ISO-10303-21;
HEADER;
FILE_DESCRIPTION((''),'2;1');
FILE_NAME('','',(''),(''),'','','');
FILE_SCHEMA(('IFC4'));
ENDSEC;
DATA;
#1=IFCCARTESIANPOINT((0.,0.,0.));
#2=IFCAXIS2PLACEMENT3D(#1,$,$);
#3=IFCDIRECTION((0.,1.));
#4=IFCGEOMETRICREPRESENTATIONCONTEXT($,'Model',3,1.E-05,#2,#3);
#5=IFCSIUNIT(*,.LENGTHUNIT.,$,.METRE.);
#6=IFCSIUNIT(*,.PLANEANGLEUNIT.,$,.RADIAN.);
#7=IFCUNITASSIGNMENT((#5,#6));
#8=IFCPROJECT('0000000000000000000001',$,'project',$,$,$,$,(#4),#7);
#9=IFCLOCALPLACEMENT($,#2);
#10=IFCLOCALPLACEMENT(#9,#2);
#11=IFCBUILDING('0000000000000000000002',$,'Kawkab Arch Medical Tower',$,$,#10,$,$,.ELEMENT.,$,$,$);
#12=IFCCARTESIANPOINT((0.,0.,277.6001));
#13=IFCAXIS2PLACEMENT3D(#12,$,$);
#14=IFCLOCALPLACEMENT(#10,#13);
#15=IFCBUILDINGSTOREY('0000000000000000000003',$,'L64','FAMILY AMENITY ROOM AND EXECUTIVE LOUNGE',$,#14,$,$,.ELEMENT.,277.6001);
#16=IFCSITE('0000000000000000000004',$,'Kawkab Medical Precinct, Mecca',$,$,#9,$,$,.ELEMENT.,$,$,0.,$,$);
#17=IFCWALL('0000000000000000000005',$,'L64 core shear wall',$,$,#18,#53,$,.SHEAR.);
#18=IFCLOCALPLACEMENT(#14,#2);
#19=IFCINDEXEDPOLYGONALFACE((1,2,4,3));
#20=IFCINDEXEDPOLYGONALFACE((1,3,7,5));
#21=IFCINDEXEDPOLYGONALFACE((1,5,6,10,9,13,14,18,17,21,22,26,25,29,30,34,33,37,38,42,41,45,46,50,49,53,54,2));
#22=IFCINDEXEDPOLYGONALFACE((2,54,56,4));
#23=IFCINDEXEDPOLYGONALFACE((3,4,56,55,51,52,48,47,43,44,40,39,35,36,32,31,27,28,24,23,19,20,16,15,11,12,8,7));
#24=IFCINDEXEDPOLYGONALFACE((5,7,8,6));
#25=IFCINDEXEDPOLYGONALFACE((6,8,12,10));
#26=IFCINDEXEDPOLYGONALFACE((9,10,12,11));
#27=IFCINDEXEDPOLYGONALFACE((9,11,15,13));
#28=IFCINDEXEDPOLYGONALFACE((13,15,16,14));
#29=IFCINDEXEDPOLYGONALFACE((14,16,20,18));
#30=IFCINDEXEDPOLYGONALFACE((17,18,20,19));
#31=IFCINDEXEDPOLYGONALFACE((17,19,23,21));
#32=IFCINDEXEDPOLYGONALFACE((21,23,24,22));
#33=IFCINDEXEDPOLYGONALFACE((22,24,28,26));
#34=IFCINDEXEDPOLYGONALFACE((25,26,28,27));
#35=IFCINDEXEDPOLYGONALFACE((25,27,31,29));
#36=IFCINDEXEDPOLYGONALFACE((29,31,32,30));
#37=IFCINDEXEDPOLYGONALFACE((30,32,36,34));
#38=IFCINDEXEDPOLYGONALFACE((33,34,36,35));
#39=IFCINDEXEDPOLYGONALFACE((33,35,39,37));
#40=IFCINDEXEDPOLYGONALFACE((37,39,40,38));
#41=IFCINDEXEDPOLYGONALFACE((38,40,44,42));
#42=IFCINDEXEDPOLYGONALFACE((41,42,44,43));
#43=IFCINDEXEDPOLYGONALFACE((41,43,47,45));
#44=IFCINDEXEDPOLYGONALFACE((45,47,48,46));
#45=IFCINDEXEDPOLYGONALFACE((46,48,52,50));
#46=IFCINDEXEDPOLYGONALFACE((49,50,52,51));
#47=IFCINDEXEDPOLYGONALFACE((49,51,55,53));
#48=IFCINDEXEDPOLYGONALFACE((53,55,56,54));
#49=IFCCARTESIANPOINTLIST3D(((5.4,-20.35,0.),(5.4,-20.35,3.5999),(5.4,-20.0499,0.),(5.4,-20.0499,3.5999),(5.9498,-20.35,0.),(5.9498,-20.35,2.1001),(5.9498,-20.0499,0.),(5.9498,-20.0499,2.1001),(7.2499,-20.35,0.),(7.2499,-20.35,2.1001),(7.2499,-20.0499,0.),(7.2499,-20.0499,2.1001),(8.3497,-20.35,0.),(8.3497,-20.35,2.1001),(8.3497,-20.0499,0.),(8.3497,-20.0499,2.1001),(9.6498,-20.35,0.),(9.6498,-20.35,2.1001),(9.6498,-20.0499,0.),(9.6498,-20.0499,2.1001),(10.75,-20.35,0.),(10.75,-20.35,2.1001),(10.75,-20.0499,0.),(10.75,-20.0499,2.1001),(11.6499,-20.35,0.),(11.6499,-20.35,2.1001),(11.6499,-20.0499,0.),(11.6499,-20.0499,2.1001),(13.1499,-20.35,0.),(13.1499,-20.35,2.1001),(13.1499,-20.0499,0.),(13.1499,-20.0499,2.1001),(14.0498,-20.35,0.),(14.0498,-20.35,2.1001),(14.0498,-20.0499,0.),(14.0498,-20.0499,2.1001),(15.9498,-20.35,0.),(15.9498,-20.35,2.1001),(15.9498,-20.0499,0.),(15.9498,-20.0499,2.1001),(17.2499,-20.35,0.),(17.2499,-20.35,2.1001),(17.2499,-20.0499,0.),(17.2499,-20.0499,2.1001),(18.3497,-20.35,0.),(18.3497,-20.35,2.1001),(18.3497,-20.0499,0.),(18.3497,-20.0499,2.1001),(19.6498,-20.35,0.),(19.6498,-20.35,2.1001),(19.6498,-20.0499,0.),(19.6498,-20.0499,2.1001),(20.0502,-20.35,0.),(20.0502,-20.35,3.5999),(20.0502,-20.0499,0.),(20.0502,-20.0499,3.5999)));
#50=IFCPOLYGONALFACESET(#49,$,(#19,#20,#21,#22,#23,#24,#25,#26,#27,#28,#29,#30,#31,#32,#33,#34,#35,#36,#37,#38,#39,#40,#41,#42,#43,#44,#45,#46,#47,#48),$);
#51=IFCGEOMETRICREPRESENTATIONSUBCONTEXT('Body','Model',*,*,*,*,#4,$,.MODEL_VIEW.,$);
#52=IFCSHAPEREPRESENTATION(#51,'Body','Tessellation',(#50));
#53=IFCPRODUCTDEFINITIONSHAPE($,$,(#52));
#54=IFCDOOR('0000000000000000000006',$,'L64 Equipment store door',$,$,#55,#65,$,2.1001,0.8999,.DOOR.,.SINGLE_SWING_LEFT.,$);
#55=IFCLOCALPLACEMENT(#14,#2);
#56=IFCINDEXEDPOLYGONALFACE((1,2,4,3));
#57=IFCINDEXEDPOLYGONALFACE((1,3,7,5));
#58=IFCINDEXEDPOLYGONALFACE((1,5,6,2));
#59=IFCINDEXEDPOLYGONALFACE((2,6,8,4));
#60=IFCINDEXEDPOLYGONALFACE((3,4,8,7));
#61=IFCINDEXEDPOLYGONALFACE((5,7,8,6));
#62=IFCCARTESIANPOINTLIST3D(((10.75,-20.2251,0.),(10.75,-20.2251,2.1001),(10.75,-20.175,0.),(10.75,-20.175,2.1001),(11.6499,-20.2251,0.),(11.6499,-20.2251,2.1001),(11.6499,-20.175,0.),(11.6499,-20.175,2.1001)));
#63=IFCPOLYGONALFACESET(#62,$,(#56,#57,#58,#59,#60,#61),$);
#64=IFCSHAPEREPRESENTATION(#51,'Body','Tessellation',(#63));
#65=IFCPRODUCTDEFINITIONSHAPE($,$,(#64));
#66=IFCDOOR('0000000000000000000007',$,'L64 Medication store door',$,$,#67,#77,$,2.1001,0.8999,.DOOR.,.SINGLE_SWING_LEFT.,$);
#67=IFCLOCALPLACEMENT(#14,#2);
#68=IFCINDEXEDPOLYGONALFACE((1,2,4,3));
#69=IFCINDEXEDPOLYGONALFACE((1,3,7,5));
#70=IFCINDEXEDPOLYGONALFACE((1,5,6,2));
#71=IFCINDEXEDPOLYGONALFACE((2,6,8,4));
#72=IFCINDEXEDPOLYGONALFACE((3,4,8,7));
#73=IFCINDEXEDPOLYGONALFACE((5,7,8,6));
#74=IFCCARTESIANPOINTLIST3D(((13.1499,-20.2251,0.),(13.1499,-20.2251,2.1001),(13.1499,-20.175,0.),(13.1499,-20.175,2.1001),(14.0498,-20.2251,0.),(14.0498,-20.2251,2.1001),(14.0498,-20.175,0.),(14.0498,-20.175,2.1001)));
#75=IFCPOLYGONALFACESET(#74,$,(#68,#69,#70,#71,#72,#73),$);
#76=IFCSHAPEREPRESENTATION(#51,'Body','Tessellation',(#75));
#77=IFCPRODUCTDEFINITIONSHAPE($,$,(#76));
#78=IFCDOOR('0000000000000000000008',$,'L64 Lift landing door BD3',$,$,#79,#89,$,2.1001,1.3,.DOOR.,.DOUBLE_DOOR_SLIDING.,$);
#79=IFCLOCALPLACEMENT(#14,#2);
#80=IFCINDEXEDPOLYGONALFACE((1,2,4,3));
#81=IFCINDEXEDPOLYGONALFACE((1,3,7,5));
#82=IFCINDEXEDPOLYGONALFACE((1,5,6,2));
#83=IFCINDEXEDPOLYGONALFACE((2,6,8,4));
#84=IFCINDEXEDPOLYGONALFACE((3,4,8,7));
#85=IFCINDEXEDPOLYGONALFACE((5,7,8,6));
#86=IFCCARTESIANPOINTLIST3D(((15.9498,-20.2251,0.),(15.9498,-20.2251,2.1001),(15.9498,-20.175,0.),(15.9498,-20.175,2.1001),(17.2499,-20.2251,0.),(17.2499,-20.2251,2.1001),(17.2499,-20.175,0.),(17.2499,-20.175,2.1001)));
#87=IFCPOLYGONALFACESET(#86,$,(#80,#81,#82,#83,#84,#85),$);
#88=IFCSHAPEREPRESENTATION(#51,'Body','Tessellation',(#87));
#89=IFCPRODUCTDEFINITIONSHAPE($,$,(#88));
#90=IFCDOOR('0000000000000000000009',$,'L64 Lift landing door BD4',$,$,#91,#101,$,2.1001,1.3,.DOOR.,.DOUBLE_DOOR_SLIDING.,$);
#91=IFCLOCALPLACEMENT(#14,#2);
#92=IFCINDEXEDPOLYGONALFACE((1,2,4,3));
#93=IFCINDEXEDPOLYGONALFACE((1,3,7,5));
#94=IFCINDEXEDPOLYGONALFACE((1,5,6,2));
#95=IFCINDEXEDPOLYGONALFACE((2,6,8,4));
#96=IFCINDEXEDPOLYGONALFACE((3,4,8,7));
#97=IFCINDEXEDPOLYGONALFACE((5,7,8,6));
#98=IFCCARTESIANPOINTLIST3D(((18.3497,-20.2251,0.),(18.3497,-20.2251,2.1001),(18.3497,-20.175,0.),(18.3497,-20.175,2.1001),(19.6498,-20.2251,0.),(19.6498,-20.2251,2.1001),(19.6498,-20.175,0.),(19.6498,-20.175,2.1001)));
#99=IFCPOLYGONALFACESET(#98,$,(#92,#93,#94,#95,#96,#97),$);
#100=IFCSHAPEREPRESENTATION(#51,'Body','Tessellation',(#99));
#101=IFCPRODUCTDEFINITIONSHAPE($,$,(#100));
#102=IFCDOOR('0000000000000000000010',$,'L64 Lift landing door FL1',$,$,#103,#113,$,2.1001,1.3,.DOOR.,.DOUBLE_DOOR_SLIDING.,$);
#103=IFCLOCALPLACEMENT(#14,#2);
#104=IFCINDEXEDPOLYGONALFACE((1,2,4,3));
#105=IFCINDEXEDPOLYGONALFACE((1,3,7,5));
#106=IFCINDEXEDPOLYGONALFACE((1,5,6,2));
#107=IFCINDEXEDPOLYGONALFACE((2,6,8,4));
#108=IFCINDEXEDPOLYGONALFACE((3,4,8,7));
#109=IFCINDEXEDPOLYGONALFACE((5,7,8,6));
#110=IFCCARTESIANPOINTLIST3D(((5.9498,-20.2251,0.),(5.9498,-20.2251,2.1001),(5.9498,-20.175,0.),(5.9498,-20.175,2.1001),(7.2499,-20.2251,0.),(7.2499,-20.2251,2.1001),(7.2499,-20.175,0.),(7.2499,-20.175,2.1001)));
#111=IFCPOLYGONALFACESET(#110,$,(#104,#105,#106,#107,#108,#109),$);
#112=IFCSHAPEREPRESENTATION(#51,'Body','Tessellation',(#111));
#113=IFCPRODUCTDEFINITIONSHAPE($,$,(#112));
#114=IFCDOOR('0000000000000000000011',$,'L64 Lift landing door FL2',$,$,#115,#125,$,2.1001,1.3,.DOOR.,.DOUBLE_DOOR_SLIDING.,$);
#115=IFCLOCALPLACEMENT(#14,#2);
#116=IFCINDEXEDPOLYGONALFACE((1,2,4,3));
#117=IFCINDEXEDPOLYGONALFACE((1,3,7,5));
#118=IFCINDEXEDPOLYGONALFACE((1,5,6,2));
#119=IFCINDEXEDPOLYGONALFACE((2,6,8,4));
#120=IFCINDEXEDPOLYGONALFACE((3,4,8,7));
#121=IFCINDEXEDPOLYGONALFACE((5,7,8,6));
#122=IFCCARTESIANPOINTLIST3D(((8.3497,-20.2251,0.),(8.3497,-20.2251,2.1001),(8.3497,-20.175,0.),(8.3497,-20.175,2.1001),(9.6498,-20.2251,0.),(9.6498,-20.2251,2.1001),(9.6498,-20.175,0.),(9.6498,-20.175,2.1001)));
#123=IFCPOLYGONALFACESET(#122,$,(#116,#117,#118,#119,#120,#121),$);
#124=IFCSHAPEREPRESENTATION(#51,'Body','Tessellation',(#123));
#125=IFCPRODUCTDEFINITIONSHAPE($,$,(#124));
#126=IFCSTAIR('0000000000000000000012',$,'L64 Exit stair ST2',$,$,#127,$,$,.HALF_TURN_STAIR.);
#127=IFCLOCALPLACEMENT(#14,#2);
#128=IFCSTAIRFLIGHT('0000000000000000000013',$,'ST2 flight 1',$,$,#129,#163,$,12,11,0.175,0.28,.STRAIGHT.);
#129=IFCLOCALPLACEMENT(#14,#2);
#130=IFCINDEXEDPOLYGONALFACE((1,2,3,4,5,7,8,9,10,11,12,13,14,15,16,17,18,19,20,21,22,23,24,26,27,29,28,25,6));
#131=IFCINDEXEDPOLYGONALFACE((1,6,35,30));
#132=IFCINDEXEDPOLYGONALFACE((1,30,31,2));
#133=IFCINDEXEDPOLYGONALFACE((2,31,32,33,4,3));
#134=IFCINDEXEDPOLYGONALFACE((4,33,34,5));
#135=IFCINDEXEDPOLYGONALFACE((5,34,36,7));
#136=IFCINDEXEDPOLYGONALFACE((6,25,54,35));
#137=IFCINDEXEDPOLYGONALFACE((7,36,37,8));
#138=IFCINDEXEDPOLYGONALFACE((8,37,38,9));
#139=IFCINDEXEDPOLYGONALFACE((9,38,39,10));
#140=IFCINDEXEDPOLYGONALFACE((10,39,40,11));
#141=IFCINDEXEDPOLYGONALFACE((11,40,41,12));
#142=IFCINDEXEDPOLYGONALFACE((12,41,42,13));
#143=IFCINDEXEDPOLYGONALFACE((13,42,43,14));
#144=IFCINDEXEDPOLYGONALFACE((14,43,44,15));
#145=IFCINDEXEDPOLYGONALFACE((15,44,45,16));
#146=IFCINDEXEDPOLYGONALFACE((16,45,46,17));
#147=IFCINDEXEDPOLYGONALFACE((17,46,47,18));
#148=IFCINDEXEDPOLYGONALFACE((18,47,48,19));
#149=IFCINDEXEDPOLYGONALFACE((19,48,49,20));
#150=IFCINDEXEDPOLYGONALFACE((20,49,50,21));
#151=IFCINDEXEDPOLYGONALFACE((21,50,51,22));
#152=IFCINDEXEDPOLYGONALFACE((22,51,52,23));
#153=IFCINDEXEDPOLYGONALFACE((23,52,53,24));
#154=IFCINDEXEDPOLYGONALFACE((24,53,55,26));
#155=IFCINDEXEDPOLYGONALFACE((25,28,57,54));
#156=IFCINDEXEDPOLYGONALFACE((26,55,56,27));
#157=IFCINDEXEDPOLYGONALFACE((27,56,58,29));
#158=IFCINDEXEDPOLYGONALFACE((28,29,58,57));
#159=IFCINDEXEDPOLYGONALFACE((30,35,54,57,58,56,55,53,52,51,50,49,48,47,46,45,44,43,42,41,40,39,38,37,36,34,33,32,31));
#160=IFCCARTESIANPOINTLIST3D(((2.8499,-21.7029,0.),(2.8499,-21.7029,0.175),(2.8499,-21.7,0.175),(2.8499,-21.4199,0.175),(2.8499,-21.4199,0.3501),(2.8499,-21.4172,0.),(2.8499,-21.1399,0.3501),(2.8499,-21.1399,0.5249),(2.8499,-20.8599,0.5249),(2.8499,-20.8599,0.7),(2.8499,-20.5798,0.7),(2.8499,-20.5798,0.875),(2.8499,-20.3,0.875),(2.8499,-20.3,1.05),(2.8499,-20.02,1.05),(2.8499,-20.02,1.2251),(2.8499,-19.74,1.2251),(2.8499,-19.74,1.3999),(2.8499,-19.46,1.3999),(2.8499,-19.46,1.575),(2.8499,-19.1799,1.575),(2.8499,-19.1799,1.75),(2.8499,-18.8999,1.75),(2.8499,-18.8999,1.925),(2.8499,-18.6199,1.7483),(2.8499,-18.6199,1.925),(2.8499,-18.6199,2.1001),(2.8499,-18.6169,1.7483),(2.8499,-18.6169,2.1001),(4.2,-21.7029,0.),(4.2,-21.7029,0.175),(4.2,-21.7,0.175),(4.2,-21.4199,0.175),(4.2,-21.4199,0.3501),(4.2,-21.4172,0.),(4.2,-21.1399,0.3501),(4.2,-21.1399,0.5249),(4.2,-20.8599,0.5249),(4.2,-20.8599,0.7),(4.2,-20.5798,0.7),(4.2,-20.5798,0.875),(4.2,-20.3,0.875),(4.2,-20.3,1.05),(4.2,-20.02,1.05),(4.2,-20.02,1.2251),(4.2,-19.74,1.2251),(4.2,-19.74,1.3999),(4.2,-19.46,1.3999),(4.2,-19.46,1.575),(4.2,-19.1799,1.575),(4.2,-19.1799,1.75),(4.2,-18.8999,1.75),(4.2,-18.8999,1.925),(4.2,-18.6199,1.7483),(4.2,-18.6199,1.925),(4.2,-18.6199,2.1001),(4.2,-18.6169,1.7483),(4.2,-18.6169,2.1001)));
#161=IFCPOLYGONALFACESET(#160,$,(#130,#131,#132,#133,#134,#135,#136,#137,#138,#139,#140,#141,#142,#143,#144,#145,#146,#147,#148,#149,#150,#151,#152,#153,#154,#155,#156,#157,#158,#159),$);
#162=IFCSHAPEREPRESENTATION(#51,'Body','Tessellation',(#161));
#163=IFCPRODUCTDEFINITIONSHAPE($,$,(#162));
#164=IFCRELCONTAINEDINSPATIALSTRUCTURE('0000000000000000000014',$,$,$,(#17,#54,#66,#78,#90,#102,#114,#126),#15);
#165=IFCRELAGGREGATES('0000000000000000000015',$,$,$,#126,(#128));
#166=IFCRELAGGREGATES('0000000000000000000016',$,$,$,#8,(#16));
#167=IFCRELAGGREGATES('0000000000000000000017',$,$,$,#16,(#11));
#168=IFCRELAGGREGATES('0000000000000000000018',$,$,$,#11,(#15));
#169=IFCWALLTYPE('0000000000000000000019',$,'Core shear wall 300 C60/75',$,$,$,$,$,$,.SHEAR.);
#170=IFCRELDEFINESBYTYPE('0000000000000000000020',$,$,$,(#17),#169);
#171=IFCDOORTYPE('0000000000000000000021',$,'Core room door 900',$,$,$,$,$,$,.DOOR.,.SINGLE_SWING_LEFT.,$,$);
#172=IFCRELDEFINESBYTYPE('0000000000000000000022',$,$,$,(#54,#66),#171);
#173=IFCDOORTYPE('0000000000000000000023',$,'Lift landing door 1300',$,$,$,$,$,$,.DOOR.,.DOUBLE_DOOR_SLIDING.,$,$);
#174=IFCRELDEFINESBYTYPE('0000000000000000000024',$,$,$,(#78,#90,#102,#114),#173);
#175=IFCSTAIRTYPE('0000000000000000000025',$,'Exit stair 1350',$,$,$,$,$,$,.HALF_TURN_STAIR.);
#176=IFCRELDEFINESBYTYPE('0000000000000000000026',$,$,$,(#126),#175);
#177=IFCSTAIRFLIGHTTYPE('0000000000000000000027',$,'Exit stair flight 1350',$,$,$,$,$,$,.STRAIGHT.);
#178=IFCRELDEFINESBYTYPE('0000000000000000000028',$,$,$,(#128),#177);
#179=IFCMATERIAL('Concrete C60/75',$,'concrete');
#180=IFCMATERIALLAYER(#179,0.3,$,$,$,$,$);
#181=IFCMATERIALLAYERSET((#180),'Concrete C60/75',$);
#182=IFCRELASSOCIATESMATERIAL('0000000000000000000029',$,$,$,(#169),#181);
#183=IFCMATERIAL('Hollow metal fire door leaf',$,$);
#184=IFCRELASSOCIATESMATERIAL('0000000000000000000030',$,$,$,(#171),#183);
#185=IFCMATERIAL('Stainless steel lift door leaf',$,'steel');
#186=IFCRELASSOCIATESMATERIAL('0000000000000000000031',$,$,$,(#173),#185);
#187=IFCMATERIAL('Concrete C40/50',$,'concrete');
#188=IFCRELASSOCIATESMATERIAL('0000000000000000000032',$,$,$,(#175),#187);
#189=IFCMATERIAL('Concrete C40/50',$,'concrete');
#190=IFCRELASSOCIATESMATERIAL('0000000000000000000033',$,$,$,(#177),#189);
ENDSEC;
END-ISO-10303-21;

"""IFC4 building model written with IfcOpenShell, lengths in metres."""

from ifc_helpers import new_model, si_unit, direction, frame, frame_2d, origin, place, context, subcontext, project, spatial, polyline, rectangle, outline, extrude, material, layer, layer_set, type_object, element, fill, aggregate, save


model = new_model("IFC4")

# Units and contexts
model_context = context("Model", 3, precision=1e-05, world=origin(), true_north=direction((0.0, 1.0)))
body_context = subcontext(model_context, "Body", "Model", "MODEL_VIEW")
ifc_project = project(units=[si_unit("LENGTHUNIT", "METRE"), si_unit("PLANEANGLEUNIT", "RADIAN")], contexts=[model_context])

# Site, building, storey
site_placement = place(None, origin())
site = spatial("IfcSite", under=ifc_project, at=site_placement, Name="Kawkab Medical Precinct, Mecca", CompositionType="ELEMENT", RefElevation=0.0)
building_placement = place(site_placement, origin())
building = spatial("IfcBuilding", under=site, at=building_placement, Name="Kawkab Arch Medical Tower", CompositionType="ELEMENT")
storey_placement = place(building_placement, frame((0.0, 0.0, 277.6001)))
storey = spatial("IfcBuildingStorey", under=building, at=storey_placement, Name="L64", Description="FAMILY AMENITY ROOM AND EXECUTIVE LOUNGE", CompositionType="ELEMENT", Elevation=277.6001)

# Wall, openings, doors
ifc_material_1 = material(Name="Concrete C60/75", Category="concrete")
ifc_layer_1 = layer(ifc_material_1, 0.3)
ifc_layer_set_1 = layer_set([ifc_layer_1], Name="Concrete C60/75")
wall_type_1 = type_object("IfcWallType", Name="Core shear wall 300 C60/75", PredefinedType="SHEAR", material=ifc_layer_set_1)
wall_1_placement = place(storey_placement, frame((5.3999, -20.2, 0.0), z_axis=(0.0, 0.0, 1.0), x_axis=(1.0, 0.0, 0.0)))
wall_1 = element("IfcWall", 1, at=wall_1_placement, inside=storey, type_object=wall_type_1, Name="L64 core shear wall", PredefinedType="SHEAR", context=body_context, shape_type="SweptSolid", body=[
    extrude(rectangle(XDim=14.6501, YDim=0.3, at=frame_2d((7.3252, 0.0))), origin(), (0.0, 0.0, 1.0), 3.5999),
])
opening_1_placement = place(wall_1_placement, frame((10.55, 0.0, 0.0)))
opening_1 = element("IfcOpeningElement", 2, at=opening_1_placement, cuts=wall_1, PredefinedType="OPENING", context=body_context, shape_type="SweptSolid", body=[
    extrude(rectangle(XDim=1.3, YDim=2.1001, at=frame_2d((0.6499, 1.05))), frame((0.0, 0.1599, 0.0), z_axis=(0.0, -1.0, 0.0), x_axis=(1.0, 0.0, 0.0)), (0.0, 0.0, 1.0), 0.3201),
])
opening_2_placement = place(wall_1_placement, frame((12.95, 0.0, 0.0)))
opening_2 = element("IfcOpeningElement", 3, at=opening_2_placement, cuts=wall_1, PredefinedType="OPENING", context=body_context, shape_type="SweptSolid", body=[
    extrude(rectangle(XDim=1.3, YDim=2.1001, at=frame_2d((0.6499, 1.05))), frame((0.0, 0.1599, 0.0), z_axis=(0.0, -1.0, 0.0), x_axis=(1.0, 0.0, 0.0)), (0.0, 0.0, 1.0), 0.3201),
])
opening_3_placement = place(wall_1_placement, frame((0.55, 0.0, 0.0)))
opening_3 = element("IfcOpeningElement", 4, at=opening_3_placement, cuts=wall_1, PredefinedType="OPENING", context=body_context, shape_type="SweptSolid", body=[
    extrude(rectangle(XDim=1.3, YDim=2.1001, at=frame_2d((0.6499, 1.05))), frame((0.0, 0.1599, 0.0), z_axis=(0.0, -1.0, 0.0), x_axis=(1.0, 0.0, 0.0)), (0.0, 0.0, 1.0), 0.3201),
])
opening_4_placement = place(wall_1_placement, frame((2.95, 0.0, 0.0)))
opening_4 = element("IfcOpeningElement", 5, at=opening_4_placement, cuts=wall_1, PredefinedType="OPENING", context=body_context, shape_type="SweptSolid", body=[
    extrude(rectangle(XDim=1.3, YDim=2.1001, at=frame_2d((0.6499, 1.05))), frame((0.0, 0.1599, 0.0), z_axis=(0.0, -1.0, 0.0), x_axis=(1.0, 0.0, 0.0)), (0.0, 0.0, 1.0), 0.3201),
])
opening_5_placement = place(wall_1_placement, frame((5.3501, 0.0, 0.0)))
opening_5 = element("IfcOpeningElement", 6, at=opening_5_placement, cuts=wall_1, PredefinedType="OPENING", context=body_context, shape_type="SweptSolid", body=[
    extrude(rectangle(XDim=0.8999, YDim=2.1001, at=frame_2d((0.45, 1.05))), frame((0.0, 0.1599, 0.0), z_axis=(0.0, -1.0, 0.0), x_axis=(1.0, 0.0, 0.0)), (0.0, 0.0, 1.0), 0.3201),
])
opening_6_placement = place(wall_1_placement, frame((7.75, 0.0, 0.0)))
opening_6 = element("IfcOpeningElement", 7, at=opening_6_placement, cuts=wall_1, PredefinedType="OPENING", context=body_context, shape_type="SweptSolid", body=[
    extrude(rectangle(XDim=0.8999, YDim=2.1001, at=frame_2d((0.45, 1.05))), frame((0.0, 0.1599, 0.0), z_axis=(0.0, -1.0, 0.0), x_axis=(1.0, 0.0, 0.0)), (0.0, 0.0, 1.0), 0.3201),
])
ifc_material_2 = material(Name="Hollow metal fire door leaf")
door_type_1 = type_object("IfcDoorType", Name="Core room door 900", OperationType="SINGLE_SWING_LEFT", PredefinedType="DOOR", material=ifc_material_2)
door_1_placement = place(opening_5_placement, origin())
door_1 = element("IfcDoor", 8, at=door_1_placement, inside=storey, type_object=door_type_1, Name="L64 Equipment store door", OperationType="SINGLE_SWING_LEFT", OverallHeight=2.1001, OverallWidth=0.8999, PredefinedType="DOOR", context=body_context, shape_type="SweptSolid", body=[
    extrude(rectangle(XDim=0.8999, YDim=2.1001, at=frame_2d((0.45, 1.05))), frame((0.0, 0.0249, 0.0), z_axis=(0.0, -1.0, 0.0), x_axis=(1.0, 0.0, 0.0)), (0.0, 0.0, 1.0), 0.05),
])
fill(opening_5, door_1)
door_2_placement = place(opening_6_placement, origin())
door_2 = element("IfcDoor", 9, at=door_2_placement, inside=storey, type_object=door_type_1, Name="L64 Medication store door", OperationType="SINGLE_SWING_LEFT", OverallHeight=2.1001, OverallWidth=0.8999, PredefinedType="DOOR", context=body_context, shape_type="SweptSolid", body=[
    extrude(rectangle(XDim=0.8999, YDim=2.1001, at=frame_2d((0.45, 1.05))), frame((0.0, 0.0249, 0.0), z_axis=(0.0, -1.0, 0.0), x_axis=(1.0, 0.0, 0.0)), (0.0, 0.0, 1.0), 0.05),
])
fill(opening_6, door_2)
ifc_material_3 = material(Name="Stainless steel lift door leaf", Category="steel")
door_type_2 = type_object("IfcDoorType", Name="Lift landing door 1300", OperationType="DOUBLE_DOOR_SLIDING", PredefinedType="DOOR", material=ifc_material_3)
door_3_placement = place(opening_1_placement, origin())
door_3 = element("IfcDoor", 10, at=door_3_placement, inside=storey, type_object=door_type_2, Name="L64 Lift landing door BD3", OperationType="DOUBLE_DOOR_SLIDING", OverallHeight=2.1001, OverallWidth=1.3, PredefinedType="DOOR", context=body_context, shape_type="SweptSolid", body=[
    extrude(rectangle(XDim=1.3, YDim=2.1001, at=frame_2d((0.6499, 1.05))), frame((0.0, 0.0249, 0.0), z_axis=(0.0, -1.0, 0.0), x_axis=(1.0, 0.0, 0.0)), (0.0, 0.0, 1.0), 0.05),
])
fill(opening_1, door_3)
door_4_placement = place(opening_2_placement, origin())
door_4 = element("IfcDoor", 11, at=door_4_placement, inside=storey, type_object=door_type_2, Name="L64 Lift landing door BD4", OperationType="DOUBLE_DOOR_SLIDING", OverallHeight=2.1001, OverallWidth=1.3, PredefinedType="DOOR", context=body_context, shape_type="SweptSolid", body=[
    extrude(rectangle(XDim=1.3, YDim=2.1001, at=frame_2d((0.6499, 1.05))), frame((0.0, 0.0249, 0.0), z_axis=(0.0, -1.0, 0.0), x_axis=(1.0, 0.0, 0.0)), (0.0, 0.0, 1.0), 0.05),
])
fill(opening_2, door_4)
door_5_placement = place(opening_3_placement, origin())
door_5 = element("IfcDoor", 12, at=door_5_placement, inside=storey, type_object=door_type_2, Name="L64 Lift landing door FL1", OperationType="DOUBLE_DOOR_SLIDING", OverallHeight=2.1001, OverallWidth=1.3, PredefinedType="DOOR", context=body_context, shape_type="SweptSolid", body=[
    extrude(rectangle(XDim=1.3, YDim=2.1001, at=frame_2d((0.6499, 1.05))), frame((0.0, 0.0249, 0.0), z_axis=(0.0, -1.0, 0.0), x_axis=(1.0, 0.0, 0.0)), (0.0, 0.0, 1.0), 0.05),
])
fill(opening_3, door_5)
door_6_placement = place(opening_4_placement, origin())
door_6 = element("IfcDoor", 13, at=door_6_placement, inside=storey, type_object=door_type_2, Name="L64 Lift landing door FL2", OperationType="DOUBLE_DOOR_SLIDING", OverallHeight=2.1001, OverallWidth=1.3, PredefinedType="DOOR", context=body_context, shape_type="SweptSolid", body=[
    extrude(rectangle(XDim=1.3, YDim=2.1001, at=frame_2d((0.6499, 1.05))), frame((0.0, 0.0249, 0.0), z_axis=(0.0, -1.0, 0.0), x_axis=(1.0, 0.0, 0.0)), (0.0, 0.0, 1.0), 0.05),
])
fill(opening_4, door_6)

# Stair, stair flight
ifc_material_4 = material(Name="Concrete C40/50", Category="concrete")
stair_type = type_object("IfcStairType", Name="Exit stair 1350", PredefinedType="HALF_TURN_STAIR", material=ifc_material_4)
stair_placement = place(storey_placement, origin())
stair = element("IfcStair", 14, at=stair_placement, inside=storey, type_object=stair_type, Name="L64 Exit stair ST2", PredefinedType="HALF_TURN_STAIR")
ifc_material_5 = material(Name="Concrete C40/50", Category="concrete")
stair_flight_type = type_object("IfcStairFlightType", Name="Exit stair flight 1350", PredefinedType="STRAIGHT", material=ifc_material_5)
stair_flight_placement = place(storey_placement, frame((3.5249, -21.7, 0.0), z_axis=(0.0, 0.0, 1.0), x_axis=(0.0, 1.0, 0.0)))
stair_flight = element("IfcStairFlight", 15, at=stair_flight_placement, type_object=stair_flight_type, Name="ST2 flight 1", NumberOfRisers=12, NumberOfTreads=11, PredefinedType="STRAIGHT", RiserHeight=0.175, TreadLength=0.28, context=body_context, shape_type="SweptSolid", body=[
    extrude(outline(polyline([(-0.0029, 0.0), (-0.0029, 0.175), (0.0, 0.175), (0.28, 0.175), (0.28, 0.3501), (0.5601, 0.3501), (0.5601, 0.5249), (0.8401, 0.5249), (0.8401, 0.7), (1.1201, 0.7), (1.1201, 0.875), (1.3999, 0.875), (1.3999, 1.05), (1.6799, 1.05), (1.6799, 1.2251), (1.96, 1.2251), (1.96, 1.3999), (2.24, 1.3999), (2.24, 1.575), (2.52, 1.575), (2.52, 1.75), (2.8, 1.75), (2.8, 1.925), (3.0801, 1.925), (3.0801, 2.1001), (3.083, 2.1001), (3.083, 1.7483), (3.0801, 1.7483), (0.2827, 0.0), (-0.0029, 0.0)])), frame((0.0, 0.675, 0.0), z_axis=(0.0, -1.0, 0.0), x_axis=(1.0, 0.0, 0.0)), (0.0, 0.0, 1.0), 1.3501),
])
aggregate(stair, [stair_flight])

save(model, "model.ifc")
